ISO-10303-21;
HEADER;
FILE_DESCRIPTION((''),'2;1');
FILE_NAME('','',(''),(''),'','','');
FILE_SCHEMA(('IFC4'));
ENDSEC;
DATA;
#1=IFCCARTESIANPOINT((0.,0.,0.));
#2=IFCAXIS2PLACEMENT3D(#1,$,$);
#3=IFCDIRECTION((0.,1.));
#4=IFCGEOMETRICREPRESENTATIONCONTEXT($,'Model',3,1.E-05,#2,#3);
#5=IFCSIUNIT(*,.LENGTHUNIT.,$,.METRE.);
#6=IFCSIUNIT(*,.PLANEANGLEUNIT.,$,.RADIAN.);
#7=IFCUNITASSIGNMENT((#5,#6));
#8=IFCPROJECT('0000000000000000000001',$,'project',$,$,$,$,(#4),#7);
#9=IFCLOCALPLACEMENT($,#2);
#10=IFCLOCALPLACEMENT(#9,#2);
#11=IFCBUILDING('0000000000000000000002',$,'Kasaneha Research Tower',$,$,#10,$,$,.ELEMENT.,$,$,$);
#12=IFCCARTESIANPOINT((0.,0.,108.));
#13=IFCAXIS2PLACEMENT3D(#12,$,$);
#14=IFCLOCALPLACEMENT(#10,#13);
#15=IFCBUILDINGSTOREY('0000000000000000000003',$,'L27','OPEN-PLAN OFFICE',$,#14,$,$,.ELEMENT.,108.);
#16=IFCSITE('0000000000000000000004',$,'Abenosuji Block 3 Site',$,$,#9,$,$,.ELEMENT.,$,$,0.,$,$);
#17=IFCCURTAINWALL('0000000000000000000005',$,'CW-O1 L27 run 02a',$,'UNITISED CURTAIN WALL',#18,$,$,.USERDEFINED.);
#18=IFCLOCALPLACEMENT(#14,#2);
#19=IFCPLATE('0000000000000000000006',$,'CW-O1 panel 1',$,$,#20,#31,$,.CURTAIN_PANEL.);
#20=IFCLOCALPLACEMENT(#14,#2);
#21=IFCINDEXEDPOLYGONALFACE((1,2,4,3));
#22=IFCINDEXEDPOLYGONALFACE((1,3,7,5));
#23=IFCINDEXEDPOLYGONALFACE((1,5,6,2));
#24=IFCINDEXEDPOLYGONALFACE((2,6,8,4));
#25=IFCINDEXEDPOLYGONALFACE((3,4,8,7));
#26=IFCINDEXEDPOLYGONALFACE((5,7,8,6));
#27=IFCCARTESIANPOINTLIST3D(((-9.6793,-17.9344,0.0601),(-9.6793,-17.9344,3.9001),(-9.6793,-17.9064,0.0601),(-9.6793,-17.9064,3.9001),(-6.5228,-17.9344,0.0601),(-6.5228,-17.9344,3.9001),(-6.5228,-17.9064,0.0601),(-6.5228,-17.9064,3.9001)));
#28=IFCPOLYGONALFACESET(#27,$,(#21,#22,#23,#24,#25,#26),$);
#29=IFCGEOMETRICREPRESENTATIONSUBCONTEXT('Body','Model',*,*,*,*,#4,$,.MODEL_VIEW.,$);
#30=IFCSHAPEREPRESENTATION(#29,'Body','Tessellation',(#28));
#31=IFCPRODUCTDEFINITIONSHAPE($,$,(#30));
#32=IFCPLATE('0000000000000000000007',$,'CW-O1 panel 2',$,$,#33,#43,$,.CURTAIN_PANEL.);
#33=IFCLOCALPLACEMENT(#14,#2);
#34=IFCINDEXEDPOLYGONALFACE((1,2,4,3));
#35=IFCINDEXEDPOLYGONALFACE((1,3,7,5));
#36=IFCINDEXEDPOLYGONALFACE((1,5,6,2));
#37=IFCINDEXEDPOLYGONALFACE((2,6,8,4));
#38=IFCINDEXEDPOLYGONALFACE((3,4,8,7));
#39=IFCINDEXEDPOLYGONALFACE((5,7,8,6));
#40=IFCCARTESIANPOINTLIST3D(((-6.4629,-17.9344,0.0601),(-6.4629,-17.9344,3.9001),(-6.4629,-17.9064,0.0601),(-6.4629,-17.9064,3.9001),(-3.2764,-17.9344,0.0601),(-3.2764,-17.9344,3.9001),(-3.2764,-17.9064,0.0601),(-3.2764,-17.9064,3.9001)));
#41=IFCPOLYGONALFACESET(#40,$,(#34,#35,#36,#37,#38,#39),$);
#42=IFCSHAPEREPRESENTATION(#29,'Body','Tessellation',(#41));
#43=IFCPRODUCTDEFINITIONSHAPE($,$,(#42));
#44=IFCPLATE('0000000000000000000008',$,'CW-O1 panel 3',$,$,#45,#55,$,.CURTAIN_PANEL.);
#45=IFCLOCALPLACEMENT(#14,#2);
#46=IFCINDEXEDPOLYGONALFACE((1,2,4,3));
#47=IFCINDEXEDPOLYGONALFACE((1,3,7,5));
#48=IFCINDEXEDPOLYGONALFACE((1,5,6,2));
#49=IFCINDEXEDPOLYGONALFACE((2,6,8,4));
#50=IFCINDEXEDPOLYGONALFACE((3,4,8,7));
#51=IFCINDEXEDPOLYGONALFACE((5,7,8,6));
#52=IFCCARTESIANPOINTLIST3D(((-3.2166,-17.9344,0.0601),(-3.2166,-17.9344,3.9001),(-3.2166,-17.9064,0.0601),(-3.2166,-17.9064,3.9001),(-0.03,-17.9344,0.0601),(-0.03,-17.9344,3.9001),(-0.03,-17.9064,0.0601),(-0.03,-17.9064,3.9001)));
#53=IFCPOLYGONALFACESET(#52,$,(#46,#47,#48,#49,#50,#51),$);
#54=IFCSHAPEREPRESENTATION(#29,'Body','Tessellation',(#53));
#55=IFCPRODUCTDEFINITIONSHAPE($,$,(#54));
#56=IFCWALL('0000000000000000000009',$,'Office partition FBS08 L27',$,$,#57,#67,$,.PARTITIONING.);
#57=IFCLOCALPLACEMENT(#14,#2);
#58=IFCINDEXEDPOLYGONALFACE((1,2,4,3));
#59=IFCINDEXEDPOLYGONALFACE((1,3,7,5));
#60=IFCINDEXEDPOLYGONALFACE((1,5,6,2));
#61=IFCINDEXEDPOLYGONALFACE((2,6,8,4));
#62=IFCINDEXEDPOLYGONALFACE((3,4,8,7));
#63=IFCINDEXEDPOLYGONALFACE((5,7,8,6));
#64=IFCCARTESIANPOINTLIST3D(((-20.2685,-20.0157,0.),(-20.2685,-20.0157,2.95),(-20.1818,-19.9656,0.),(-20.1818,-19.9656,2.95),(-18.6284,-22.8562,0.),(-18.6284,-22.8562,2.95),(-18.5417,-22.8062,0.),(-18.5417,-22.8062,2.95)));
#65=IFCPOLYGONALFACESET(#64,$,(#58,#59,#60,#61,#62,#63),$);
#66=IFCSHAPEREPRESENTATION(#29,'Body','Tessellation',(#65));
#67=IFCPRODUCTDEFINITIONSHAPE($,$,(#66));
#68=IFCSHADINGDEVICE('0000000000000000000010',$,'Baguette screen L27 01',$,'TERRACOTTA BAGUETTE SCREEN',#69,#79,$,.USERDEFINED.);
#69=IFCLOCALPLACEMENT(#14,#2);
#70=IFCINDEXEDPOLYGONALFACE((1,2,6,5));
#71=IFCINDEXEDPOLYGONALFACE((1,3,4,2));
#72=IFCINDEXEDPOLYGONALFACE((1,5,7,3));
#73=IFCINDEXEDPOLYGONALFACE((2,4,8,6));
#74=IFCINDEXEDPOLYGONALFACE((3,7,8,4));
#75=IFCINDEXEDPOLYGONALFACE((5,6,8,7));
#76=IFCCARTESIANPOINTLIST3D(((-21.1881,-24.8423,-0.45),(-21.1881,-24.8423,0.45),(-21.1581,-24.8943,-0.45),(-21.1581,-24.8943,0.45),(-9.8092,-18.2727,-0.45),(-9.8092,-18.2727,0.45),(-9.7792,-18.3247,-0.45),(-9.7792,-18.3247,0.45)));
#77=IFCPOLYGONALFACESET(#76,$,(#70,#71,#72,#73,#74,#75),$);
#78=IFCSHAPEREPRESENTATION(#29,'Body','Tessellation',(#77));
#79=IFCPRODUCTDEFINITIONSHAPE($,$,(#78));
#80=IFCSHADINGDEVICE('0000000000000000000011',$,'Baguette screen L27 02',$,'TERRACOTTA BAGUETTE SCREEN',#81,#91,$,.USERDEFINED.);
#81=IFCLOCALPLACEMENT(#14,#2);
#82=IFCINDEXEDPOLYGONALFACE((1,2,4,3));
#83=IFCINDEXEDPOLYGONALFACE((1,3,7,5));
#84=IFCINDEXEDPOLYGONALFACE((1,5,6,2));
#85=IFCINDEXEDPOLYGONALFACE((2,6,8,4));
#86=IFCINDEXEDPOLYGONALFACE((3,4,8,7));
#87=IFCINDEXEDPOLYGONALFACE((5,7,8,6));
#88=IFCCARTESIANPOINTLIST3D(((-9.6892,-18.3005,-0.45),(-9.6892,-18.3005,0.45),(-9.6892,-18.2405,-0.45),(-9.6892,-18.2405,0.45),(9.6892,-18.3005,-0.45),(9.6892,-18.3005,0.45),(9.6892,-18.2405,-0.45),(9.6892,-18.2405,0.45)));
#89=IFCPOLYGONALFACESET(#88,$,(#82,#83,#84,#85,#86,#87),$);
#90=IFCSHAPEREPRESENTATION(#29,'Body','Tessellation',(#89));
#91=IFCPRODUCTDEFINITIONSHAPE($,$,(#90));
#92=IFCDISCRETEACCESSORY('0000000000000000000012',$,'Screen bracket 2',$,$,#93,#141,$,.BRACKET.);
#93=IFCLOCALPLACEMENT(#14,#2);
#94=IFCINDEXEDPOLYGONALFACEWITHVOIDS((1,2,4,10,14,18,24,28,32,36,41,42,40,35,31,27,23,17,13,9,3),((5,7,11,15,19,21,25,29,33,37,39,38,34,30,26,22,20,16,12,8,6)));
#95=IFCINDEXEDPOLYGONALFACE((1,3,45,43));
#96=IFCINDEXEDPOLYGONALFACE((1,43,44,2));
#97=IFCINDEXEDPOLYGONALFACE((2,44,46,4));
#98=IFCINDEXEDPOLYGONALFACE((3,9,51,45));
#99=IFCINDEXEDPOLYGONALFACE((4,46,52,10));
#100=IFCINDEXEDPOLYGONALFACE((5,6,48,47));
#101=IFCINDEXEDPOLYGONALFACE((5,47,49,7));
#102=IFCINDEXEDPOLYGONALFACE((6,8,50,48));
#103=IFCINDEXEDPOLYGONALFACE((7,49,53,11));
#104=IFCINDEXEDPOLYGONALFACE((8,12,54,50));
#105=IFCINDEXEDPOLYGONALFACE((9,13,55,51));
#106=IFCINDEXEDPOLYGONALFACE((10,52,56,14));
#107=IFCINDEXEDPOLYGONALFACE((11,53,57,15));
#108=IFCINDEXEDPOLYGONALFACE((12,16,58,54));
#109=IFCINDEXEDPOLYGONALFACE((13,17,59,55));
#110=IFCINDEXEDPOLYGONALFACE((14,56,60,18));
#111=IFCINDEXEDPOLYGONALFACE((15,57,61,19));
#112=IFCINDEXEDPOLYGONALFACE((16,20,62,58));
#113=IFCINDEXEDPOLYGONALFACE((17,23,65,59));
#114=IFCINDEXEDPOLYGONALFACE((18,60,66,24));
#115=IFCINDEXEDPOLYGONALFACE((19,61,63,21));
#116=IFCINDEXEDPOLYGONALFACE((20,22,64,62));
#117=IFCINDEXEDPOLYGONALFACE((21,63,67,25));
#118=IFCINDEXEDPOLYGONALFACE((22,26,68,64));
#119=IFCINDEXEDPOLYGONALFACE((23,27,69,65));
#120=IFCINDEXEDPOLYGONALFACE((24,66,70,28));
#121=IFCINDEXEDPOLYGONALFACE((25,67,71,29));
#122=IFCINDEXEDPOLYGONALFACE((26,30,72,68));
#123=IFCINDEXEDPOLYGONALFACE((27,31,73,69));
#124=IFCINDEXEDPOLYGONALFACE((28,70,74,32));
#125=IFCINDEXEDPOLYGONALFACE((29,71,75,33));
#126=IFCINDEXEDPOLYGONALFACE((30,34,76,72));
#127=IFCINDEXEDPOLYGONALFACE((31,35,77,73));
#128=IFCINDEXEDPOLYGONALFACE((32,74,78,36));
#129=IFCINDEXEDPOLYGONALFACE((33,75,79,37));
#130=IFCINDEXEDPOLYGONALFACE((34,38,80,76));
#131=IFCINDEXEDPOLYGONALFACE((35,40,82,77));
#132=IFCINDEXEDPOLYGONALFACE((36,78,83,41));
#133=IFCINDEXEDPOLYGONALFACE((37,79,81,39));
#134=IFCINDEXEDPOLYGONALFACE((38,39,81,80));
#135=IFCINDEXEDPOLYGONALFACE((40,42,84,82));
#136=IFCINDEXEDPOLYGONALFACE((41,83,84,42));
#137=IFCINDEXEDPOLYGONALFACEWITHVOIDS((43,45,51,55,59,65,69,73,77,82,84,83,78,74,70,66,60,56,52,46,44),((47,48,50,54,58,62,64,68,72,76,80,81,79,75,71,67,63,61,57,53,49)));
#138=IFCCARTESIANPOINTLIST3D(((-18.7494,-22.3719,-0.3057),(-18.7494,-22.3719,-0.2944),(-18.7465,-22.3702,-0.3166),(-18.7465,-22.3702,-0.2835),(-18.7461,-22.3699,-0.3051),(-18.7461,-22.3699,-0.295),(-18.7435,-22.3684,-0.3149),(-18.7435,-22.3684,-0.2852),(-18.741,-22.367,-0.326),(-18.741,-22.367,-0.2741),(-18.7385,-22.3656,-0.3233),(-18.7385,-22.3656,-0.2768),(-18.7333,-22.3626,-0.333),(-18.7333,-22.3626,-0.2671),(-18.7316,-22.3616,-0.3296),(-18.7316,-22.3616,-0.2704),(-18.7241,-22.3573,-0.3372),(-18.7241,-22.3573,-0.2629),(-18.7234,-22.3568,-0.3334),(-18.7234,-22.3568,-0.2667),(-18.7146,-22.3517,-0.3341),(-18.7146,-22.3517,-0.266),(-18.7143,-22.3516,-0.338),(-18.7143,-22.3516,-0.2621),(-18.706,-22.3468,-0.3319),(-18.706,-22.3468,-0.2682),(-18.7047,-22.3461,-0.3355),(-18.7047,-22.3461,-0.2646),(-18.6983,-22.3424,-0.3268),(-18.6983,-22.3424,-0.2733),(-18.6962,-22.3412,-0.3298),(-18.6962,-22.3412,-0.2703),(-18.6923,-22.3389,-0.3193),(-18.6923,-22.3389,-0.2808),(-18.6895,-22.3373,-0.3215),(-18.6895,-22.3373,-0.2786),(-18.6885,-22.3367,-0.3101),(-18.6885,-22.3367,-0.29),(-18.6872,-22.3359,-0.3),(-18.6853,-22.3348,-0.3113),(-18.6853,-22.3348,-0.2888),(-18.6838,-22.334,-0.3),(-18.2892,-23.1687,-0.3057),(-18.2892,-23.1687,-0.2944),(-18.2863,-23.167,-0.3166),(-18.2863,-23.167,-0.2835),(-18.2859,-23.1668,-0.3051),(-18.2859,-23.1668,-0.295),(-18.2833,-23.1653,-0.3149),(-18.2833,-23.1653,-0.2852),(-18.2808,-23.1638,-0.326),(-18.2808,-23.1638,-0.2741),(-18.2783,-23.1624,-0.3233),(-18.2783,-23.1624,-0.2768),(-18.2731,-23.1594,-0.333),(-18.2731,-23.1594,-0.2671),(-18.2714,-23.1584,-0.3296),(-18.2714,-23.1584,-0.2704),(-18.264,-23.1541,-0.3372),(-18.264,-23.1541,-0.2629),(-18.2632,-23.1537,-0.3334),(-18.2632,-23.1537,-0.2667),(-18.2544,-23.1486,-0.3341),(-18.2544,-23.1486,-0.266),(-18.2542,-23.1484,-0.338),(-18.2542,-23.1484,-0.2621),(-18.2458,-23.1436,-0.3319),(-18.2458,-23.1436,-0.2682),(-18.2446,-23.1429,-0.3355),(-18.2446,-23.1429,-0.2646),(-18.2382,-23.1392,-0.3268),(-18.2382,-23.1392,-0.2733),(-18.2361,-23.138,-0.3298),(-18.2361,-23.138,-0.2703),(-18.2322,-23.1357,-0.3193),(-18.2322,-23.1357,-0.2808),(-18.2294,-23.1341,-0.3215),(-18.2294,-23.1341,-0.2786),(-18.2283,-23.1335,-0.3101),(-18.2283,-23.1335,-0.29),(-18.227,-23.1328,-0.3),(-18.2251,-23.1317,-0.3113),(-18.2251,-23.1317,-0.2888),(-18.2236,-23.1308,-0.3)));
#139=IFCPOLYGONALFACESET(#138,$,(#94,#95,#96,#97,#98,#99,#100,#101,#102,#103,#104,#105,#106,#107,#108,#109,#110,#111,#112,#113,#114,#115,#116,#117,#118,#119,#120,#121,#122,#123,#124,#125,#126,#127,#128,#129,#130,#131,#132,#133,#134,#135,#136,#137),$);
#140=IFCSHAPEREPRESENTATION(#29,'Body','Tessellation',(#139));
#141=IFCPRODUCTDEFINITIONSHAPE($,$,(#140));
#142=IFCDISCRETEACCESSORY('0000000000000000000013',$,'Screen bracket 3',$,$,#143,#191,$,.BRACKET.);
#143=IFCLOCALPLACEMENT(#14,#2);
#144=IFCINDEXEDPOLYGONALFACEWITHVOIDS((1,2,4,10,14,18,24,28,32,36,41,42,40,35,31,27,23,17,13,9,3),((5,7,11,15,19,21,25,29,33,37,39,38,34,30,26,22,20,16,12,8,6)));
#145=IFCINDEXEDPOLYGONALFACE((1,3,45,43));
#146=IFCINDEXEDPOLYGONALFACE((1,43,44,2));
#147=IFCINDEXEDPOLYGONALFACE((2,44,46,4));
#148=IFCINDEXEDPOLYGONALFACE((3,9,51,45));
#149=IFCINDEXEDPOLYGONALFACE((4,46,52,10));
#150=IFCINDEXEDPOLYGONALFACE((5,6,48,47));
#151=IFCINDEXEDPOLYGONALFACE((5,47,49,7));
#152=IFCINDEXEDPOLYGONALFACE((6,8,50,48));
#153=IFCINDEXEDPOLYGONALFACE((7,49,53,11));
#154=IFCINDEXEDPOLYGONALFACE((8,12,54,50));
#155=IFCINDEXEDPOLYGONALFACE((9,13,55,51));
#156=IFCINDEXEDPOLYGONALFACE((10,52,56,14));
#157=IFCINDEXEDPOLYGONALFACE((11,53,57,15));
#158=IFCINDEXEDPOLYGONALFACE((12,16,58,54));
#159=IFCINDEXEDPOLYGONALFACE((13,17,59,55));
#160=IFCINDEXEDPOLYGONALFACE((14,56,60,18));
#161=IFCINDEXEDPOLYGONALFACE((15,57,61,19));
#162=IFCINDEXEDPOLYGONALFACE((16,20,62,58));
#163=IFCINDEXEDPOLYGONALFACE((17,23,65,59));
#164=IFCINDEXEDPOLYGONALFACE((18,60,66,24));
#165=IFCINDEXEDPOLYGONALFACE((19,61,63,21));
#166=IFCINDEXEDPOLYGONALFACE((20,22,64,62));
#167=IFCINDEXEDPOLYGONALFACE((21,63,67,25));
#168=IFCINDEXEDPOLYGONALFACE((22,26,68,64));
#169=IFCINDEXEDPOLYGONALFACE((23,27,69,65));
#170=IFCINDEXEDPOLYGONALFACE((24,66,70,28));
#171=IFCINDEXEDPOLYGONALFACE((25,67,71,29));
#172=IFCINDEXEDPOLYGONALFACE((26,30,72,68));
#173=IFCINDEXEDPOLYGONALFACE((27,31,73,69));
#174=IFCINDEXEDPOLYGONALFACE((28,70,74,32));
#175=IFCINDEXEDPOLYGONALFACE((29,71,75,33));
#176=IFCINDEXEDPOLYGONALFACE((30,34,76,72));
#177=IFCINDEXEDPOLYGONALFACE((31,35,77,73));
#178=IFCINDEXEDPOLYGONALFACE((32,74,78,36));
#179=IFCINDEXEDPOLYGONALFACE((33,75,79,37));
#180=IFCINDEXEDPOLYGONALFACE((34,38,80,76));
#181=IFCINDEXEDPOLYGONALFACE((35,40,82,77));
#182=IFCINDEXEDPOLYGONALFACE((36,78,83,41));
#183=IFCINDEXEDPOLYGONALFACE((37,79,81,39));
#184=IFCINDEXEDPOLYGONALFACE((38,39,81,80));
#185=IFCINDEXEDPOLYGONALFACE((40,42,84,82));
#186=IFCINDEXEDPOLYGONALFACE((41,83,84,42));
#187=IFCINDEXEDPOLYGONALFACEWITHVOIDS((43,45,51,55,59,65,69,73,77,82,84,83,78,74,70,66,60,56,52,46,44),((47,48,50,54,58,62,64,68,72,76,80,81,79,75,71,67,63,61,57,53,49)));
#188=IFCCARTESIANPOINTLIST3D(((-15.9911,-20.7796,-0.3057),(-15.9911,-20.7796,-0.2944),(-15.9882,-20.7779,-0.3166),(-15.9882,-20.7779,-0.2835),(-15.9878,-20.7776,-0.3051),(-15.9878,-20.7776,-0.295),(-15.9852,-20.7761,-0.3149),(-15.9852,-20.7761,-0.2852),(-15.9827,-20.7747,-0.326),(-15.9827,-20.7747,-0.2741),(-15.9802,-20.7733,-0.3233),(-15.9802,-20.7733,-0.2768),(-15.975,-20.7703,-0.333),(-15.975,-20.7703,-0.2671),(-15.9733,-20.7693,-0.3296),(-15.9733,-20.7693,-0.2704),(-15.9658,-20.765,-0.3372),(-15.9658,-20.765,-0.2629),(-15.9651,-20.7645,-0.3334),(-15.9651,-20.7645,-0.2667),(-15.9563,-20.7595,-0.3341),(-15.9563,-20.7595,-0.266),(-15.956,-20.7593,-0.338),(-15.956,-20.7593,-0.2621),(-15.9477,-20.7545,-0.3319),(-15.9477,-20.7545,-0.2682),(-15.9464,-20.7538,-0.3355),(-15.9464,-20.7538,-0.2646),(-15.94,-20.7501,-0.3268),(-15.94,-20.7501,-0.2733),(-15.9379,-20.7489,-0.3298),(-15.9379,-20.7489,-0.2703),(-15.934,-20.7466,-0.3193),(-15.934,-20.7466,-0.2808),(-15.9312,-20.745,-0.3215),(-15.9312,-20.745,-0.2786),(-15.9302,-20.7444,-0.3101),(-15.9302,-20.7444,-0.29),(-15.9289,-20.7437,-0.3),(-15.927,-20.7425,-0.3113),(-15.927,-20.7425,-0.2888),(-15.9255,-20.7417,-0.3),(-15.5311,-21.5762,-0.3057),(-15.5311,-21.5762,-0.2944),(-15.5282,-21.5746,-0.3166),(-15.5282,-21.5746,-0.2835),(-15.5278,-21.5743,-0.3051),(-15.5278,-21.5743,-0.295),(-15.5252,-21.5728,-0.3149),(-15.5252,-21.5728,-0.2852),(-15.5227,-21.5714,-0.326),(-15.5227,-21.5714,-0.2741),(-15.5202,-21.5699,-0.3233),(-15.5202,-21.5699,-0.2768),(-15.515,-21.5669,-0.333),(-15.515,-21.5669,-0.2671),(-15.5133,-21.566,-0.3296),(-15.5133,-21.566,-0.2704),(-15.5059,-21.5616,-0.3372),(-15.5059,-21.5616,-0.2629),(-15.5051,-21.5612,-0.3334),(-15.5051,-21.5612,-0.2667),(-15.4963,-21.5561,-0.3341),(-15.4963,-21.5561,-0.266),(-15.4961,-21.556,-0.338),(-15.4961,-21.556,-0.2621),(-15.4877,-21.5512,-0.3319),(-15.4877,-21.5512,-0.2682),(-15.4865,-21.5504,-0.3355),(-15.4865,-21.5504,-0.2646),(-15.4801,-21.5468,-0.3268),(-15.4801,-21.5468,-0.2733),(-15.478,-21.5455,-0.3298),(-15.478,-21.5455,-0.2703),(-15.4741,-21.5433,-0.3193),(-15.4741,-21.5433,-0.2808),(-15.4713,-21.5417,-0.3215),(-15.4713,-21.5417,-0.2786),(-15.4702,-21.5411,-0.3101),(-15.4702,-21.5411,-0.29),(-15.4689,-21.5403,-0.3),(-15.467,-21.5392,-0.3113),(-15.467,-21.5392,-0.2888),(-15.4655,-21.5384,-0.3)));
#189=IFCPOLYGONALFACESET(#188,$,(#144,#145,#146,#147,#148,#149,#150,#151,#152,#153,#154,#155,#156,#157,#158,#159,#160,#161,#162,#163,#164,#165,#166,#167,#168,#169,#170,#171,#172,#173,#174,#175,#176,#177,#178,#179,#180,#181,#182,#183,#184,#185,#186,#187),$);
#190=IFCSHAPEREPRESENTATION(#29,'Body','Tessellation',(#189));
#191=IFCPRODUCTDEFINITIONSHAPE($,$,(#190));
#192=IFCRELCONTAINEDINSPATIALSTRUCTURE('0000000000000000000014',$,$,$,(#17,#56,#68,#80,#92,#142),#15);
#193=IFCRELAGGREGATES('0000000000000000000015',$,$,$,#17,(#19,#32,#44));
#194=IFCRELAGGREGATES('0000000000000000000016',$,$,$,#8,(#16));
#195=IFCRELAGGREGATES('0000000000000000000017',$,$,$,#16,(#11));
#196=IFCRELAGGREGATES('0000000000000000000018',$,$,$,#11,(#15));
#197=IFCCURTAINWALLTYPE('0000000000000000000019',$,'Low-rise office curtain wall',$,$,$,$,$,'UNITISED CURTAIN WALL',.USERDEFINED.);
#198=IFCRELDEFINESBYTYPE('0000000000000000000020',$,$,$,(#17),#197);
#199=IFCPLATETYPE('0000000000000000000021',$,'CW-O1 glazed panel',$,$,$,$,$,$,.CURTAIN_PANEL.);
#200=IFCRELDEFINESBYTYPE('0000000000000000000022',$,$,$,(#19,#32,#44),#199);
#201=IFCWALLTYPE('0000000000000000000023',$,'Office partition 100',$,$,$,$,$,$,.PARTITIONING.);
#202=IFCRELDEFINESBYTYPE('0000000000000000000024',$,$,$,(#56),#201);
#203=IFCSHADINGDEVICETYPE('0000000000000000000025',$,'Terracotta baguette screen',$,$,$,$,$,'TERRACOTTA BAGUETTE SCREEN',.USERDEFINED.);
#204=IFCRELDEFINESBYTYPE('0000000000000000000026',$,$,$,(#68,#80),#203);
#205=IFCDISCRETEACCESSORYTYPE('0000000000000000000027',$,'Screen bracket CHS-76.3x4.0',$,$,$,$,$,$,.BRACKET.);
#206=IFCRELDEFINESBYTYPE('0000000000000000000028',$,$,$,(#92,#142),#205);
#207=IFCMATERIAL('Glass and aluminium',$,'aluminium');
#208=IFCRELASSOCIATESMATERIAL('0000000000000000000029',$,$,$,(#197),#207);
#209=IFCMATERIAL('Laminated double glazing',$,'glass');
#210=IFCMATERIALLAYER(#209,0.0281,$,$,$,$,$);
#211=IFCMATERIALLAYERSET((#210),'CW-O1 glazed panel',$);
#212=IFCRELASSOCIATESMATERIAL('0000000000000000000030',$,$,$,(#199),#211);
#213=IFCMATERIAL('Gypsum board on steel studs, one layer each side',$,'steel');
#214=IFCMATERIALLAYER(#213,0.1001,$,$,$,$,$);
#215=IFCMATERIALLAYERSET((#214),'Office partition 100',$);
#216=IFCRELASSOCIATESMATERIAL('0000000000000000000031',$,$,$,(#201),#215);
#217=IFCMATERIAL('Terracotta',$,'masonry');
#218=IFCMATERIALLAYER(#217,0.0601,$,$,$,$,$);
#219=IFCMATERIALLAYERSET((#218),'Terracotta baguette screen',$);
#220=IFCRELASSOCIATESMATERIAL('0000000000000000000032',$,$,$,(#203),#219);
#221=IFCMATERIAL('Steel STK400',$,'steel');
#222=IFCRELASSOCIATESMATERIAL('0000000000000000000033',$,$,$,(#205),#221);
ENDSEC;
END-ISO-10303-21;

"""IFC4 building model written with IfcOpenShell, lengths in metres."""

from ifc_helpers import new_model, si_unit, direction, frame, frame_2d, origin, origin_2d, place, context, subcontext, project, spatial, rectangle, hollow_circle, extrude, material, layer, layer_set, material_profile, profile_set, type_object, element, aggregate, save


model = new_model("IFC4")

# Units and contexts
model_context = context("Model", 3, precision=1e-05, world=origin(), true_north=direction((0.0, 1.0)))
body_context = subcontext(model_context, "Body", "Model", "MODEL_VIEW")
ifc_project = project(units=[si_unit("LENGTHUNIT", "METRE"), si_unit("PLANEANGLEUNIT", "RADIAN")], contexts=[model_context])

# Site, building, storey
site_placement = place(None, origin())
site = spatial("IfcSite", under=ifc_project, at=site_placement, Name="Abenosuji Block 3 Site", CompositionType="ELEMENT", RefElevation=0.0)
building_placement = place(site_placement, origin())
building = spatial("IfcBuilding", under=site, at=building_placement, Name="Kasaneha Research Tower", CompositionType="ELEMENT")
storey_placement = place(building_placement, frame((0.0, 0.0, 108.0)))
storey = spatial("IfcBuildingStorey", under=building, at=storey_placement, Name="L27", Description="OPEN-PLAN OFFICE", CompositionType="ELEMENT", Elevation=108.0)

# Curtain wall
ifc_material_1 = material(Name="Glass and aluminium", Category="aluminium")
curtain_wall_type = type_object("IfcCurtainWallType", Name="Low-rise office curtain wall", ElementType="UNITISED CURTAIN WALL", PredefinedType="USERDEFINED", material=ifc_material_1)
curtain_wall_1_placement = place(storey_placement, origin())
curtain_wall_1 = element("IfcCurtainWall", 1, at=curtain_wall_1_placement, inside=storey, type_object=curtain_wall_type, Name="CW-O1 L27 run 02a", ObjectType="UNITISED CURTAIN WALL", PredefinedType="USERDEFINED")

# Plates
ifc_material_2 = material(Name="Laminated double glazing", Category="glass")
ifc_layer_1 = layer(ifc_material_2, 0.0281)
ifc_layer_set_1 = layer_set([ifc_layer_1], Name="CW-O1 glazed panel")
plate_type = type_object("IfcPlateType", Name="CW-O1 glazed panel", PredefinedType="CURTAIN_PANEL", material=ifc_layer_set_1)
plate_1_placement = place(storey_placement, frame((-8.1011, -17.9204, 0.0601), z_axis=(0.0, 0.0, 1.0), x_axis=(1.0, 0.0, 0.0)))
plate_1 = element("IfcPlate", 2, at=plate_1_placement, type_object=plate_type, Name="CW-O1 panel 1", PredefinedType="CURTAIN_PANEL", context=body_context, shape_type="SweptSolid", body=[
    extrude(rectangle(XDim=3.1565, YDim=0.0281, at=origin_2d()), origin(), (0.0, 0.0, 1.0), 3.8401),
])
plate_2_placement = place(storey_placement, frame((-4.8696, -17.9204, 0.0601), z_axis=(0.0, 0.0, 1.0), x_axis=(1.0, 0.0, 0.0)))
plate_2 = element("IfcPlate", 3, at=plate_2_placement, type_object=plate_type, Name="CW-O1 panel 2", PredefinedType="CURTAIN_PANEL", context=body_context, shape_type="SweptSolid", body=[
    extrude(rectangle(XDim=3.1865, YDim=0.0281, at=origin_2d()), origin(), (0.0, 0.0, 1.0), 3.8401),
])
plate_3_placement = place(storey_placement, frame((-1.6233, -17.9204, 0.0601), z_axis=(0.0, 0.0, 1.0), x_axis=(1.0, 0.0, 0.0)))
plate_3 = element("IfcPlate", 4, at=plate_3_placement, type_object=plate_type, Name="CW-O1 panel 3", PredefinedType="CURTAIN_PANEL", context=body_context, shape_type="SweptSolid", body=[
    extrude(rectangle(XDim=3.1865, YDim=0.0281, at=origin_2d()), origin(), (0.0, 0.0, 1.0), 3.8401),
])
aggregate(curtain_wall_1, [plate_1, plate_2, plate_3])

# Wall
ifc_material_3 = material(Name="Gypsum board on steel studs, one layer each side", Category="steel")
ifc_layer_2 = layer(ifc_material_3, 0.1001)
ifc_layer_set_2 = layer_set([ifc_layer_2], Name="Office partition 100")
wall_type = type_object("IfcWallType", Name="Office partition 100", PredefinedType="PARTITIONING", material=ifc_layer_set_2)
wall_placement = place(storey_placement, frame((-18.585, -22.8313, 0.0), z_axis=(0.0, 0.0, 1.0), x_axis=(-0.50003, 0.866008, 0.0)))
element("IfcWall", 5, at=wall_placement, inside=storey, type_object=wall_type, Name="Office partition FBS08 L27", PredefinedType="PARTITIONING", context=body_context, shape_type="SweptSolid", body=[
    extrude(rectangle(XDim=3.28, YDim=0.1001, at=frame_2d((1.6401, 0.0))), origin(), (0.0, 0.0, 1.0), 2.95),
])

# Shading devices
ifc_material_4 = material(Name="Terracotta", Category="masonry")
ifc_layer_3 = layer(ifc_material_4, 0.0601)
ifc_layer_set_3 = layer_set([ifc_layer_3], Name="Terracotta baguette screen")
shading_device_type = type_object("IfcShadingDeviceType", Name="Terracotta baguette screen", ElementType="TERRACOTTA BAGUETTE SCREEN", PredefinedType="USERDEFINED", material=ifc_layer_set_3)
shading_device_1_placement = place(storey_placement, frame((-15.4836, -21.5835, -0.45), z_axis=(0.0, 0.0, 1.0), x_axis=(0.866025, 0.5, 0.0)))
element("IfcShadingDevice", 6, at=shading_device_1_placement, inside=storey, type_object=shading_device_type, Name="Baguette screen L27 01", ObjectType="TERRACOTTA BAGUETTE SCREEN", PredefinedType="USERDEFINED", context=body_context, shape_type="SweptSolid", body=[
    extrude(rectangle(XDim=13.1392, YDim=0.0601, at=origin_2d()), origin(), (0.0, 0.0, 1.0), 0.8999),
])
shading_device_2_placement = place(storey_placement, frame((0.0, -18.2705, -0.45), z_axis=(0.0, 0.0, 1.0), x_axis=(1.0, 0.0, 0.0)))
element("IfcShadingDevice", 7, at=shading_device_2_placement, inside=storey, type_object=shading_device_type, Name="Baguette screen L27 02", ObjectType="TERRACOTTA BAGUETTE SCREEN", PredefinedType="USERDEFINED", context=body_context, shape_type="SweptSolid", body=[
    extrude(rectangle(XDim=19.3784, YDim=0.0601, at=origin_2d()), origin(), (0.0, 0.0, 1.0), 0.8999),
])

# Discrete accessories
ifc_material_5 = material(Name="Steel STK400", Category="steel")
ifc_material_profile_1 = material_profile(ifc_material_5, hollow_circle(Radius=0.0381, WallThickness=0.0039, at=origin_2d()), Name="CHS-76.3x4.0")
ifc_profile_set_1 = profile_set([ifc_material_profile_1], Name="Steel STK400")
discrete_accessory_type = type_object("IfcDiscreteAccessoryType", Name="Screen bracket CHS-76.3x4.0", PredefinedType="BRACKET", material=ifc_profile_set_1)
discrete_accessory_1_placement = place(storey_placement, frame((-18.7168, -22.353, -0.3), z_axis=(0.500105, -0.865965, 0.0), x_axis=(0.865965, 0.500105, 0.0)))
element("IfcDiscreteAccessory", 8, at=discrete_accessory_1_placement, inside=storey, type_object=discrete_accessory_type, Name="Screen bracket 2", PredefinedType="BRACKET", context=body_context, shape_type="SweptSolid", body=[
    extrude(hollow_circle(Radius=0.0381, WallThickness=0.0039, at=origin_2d()), origin(), (0.0, 0.0, 1.0), 0.9202),
])
discrete_accessory_2_placement = place(storey_placement, frame((-15.9585, -20.7607, -0.3), z_axis=(0.500021, -0.866013, 0.0), x_axis=(0.866013, 0.500021, 0.0)))
element("IfcDiscreteAccessory", 9, at=discrete_accessory_2_placement, inside=storey, type_object=discrete_accessory_type, Name="Screen bracket 3", PredefinedType="BRACKET", context=body_context, shape_type="SweptSolid", body=[
    extrude(hollow_circle(Radius=0.0381, WallThickness=0.0039, at=origin_2d()), origin(), (0.0, 0.0, 1.0), 0.9199),
])

save(model, "model.ifc")
